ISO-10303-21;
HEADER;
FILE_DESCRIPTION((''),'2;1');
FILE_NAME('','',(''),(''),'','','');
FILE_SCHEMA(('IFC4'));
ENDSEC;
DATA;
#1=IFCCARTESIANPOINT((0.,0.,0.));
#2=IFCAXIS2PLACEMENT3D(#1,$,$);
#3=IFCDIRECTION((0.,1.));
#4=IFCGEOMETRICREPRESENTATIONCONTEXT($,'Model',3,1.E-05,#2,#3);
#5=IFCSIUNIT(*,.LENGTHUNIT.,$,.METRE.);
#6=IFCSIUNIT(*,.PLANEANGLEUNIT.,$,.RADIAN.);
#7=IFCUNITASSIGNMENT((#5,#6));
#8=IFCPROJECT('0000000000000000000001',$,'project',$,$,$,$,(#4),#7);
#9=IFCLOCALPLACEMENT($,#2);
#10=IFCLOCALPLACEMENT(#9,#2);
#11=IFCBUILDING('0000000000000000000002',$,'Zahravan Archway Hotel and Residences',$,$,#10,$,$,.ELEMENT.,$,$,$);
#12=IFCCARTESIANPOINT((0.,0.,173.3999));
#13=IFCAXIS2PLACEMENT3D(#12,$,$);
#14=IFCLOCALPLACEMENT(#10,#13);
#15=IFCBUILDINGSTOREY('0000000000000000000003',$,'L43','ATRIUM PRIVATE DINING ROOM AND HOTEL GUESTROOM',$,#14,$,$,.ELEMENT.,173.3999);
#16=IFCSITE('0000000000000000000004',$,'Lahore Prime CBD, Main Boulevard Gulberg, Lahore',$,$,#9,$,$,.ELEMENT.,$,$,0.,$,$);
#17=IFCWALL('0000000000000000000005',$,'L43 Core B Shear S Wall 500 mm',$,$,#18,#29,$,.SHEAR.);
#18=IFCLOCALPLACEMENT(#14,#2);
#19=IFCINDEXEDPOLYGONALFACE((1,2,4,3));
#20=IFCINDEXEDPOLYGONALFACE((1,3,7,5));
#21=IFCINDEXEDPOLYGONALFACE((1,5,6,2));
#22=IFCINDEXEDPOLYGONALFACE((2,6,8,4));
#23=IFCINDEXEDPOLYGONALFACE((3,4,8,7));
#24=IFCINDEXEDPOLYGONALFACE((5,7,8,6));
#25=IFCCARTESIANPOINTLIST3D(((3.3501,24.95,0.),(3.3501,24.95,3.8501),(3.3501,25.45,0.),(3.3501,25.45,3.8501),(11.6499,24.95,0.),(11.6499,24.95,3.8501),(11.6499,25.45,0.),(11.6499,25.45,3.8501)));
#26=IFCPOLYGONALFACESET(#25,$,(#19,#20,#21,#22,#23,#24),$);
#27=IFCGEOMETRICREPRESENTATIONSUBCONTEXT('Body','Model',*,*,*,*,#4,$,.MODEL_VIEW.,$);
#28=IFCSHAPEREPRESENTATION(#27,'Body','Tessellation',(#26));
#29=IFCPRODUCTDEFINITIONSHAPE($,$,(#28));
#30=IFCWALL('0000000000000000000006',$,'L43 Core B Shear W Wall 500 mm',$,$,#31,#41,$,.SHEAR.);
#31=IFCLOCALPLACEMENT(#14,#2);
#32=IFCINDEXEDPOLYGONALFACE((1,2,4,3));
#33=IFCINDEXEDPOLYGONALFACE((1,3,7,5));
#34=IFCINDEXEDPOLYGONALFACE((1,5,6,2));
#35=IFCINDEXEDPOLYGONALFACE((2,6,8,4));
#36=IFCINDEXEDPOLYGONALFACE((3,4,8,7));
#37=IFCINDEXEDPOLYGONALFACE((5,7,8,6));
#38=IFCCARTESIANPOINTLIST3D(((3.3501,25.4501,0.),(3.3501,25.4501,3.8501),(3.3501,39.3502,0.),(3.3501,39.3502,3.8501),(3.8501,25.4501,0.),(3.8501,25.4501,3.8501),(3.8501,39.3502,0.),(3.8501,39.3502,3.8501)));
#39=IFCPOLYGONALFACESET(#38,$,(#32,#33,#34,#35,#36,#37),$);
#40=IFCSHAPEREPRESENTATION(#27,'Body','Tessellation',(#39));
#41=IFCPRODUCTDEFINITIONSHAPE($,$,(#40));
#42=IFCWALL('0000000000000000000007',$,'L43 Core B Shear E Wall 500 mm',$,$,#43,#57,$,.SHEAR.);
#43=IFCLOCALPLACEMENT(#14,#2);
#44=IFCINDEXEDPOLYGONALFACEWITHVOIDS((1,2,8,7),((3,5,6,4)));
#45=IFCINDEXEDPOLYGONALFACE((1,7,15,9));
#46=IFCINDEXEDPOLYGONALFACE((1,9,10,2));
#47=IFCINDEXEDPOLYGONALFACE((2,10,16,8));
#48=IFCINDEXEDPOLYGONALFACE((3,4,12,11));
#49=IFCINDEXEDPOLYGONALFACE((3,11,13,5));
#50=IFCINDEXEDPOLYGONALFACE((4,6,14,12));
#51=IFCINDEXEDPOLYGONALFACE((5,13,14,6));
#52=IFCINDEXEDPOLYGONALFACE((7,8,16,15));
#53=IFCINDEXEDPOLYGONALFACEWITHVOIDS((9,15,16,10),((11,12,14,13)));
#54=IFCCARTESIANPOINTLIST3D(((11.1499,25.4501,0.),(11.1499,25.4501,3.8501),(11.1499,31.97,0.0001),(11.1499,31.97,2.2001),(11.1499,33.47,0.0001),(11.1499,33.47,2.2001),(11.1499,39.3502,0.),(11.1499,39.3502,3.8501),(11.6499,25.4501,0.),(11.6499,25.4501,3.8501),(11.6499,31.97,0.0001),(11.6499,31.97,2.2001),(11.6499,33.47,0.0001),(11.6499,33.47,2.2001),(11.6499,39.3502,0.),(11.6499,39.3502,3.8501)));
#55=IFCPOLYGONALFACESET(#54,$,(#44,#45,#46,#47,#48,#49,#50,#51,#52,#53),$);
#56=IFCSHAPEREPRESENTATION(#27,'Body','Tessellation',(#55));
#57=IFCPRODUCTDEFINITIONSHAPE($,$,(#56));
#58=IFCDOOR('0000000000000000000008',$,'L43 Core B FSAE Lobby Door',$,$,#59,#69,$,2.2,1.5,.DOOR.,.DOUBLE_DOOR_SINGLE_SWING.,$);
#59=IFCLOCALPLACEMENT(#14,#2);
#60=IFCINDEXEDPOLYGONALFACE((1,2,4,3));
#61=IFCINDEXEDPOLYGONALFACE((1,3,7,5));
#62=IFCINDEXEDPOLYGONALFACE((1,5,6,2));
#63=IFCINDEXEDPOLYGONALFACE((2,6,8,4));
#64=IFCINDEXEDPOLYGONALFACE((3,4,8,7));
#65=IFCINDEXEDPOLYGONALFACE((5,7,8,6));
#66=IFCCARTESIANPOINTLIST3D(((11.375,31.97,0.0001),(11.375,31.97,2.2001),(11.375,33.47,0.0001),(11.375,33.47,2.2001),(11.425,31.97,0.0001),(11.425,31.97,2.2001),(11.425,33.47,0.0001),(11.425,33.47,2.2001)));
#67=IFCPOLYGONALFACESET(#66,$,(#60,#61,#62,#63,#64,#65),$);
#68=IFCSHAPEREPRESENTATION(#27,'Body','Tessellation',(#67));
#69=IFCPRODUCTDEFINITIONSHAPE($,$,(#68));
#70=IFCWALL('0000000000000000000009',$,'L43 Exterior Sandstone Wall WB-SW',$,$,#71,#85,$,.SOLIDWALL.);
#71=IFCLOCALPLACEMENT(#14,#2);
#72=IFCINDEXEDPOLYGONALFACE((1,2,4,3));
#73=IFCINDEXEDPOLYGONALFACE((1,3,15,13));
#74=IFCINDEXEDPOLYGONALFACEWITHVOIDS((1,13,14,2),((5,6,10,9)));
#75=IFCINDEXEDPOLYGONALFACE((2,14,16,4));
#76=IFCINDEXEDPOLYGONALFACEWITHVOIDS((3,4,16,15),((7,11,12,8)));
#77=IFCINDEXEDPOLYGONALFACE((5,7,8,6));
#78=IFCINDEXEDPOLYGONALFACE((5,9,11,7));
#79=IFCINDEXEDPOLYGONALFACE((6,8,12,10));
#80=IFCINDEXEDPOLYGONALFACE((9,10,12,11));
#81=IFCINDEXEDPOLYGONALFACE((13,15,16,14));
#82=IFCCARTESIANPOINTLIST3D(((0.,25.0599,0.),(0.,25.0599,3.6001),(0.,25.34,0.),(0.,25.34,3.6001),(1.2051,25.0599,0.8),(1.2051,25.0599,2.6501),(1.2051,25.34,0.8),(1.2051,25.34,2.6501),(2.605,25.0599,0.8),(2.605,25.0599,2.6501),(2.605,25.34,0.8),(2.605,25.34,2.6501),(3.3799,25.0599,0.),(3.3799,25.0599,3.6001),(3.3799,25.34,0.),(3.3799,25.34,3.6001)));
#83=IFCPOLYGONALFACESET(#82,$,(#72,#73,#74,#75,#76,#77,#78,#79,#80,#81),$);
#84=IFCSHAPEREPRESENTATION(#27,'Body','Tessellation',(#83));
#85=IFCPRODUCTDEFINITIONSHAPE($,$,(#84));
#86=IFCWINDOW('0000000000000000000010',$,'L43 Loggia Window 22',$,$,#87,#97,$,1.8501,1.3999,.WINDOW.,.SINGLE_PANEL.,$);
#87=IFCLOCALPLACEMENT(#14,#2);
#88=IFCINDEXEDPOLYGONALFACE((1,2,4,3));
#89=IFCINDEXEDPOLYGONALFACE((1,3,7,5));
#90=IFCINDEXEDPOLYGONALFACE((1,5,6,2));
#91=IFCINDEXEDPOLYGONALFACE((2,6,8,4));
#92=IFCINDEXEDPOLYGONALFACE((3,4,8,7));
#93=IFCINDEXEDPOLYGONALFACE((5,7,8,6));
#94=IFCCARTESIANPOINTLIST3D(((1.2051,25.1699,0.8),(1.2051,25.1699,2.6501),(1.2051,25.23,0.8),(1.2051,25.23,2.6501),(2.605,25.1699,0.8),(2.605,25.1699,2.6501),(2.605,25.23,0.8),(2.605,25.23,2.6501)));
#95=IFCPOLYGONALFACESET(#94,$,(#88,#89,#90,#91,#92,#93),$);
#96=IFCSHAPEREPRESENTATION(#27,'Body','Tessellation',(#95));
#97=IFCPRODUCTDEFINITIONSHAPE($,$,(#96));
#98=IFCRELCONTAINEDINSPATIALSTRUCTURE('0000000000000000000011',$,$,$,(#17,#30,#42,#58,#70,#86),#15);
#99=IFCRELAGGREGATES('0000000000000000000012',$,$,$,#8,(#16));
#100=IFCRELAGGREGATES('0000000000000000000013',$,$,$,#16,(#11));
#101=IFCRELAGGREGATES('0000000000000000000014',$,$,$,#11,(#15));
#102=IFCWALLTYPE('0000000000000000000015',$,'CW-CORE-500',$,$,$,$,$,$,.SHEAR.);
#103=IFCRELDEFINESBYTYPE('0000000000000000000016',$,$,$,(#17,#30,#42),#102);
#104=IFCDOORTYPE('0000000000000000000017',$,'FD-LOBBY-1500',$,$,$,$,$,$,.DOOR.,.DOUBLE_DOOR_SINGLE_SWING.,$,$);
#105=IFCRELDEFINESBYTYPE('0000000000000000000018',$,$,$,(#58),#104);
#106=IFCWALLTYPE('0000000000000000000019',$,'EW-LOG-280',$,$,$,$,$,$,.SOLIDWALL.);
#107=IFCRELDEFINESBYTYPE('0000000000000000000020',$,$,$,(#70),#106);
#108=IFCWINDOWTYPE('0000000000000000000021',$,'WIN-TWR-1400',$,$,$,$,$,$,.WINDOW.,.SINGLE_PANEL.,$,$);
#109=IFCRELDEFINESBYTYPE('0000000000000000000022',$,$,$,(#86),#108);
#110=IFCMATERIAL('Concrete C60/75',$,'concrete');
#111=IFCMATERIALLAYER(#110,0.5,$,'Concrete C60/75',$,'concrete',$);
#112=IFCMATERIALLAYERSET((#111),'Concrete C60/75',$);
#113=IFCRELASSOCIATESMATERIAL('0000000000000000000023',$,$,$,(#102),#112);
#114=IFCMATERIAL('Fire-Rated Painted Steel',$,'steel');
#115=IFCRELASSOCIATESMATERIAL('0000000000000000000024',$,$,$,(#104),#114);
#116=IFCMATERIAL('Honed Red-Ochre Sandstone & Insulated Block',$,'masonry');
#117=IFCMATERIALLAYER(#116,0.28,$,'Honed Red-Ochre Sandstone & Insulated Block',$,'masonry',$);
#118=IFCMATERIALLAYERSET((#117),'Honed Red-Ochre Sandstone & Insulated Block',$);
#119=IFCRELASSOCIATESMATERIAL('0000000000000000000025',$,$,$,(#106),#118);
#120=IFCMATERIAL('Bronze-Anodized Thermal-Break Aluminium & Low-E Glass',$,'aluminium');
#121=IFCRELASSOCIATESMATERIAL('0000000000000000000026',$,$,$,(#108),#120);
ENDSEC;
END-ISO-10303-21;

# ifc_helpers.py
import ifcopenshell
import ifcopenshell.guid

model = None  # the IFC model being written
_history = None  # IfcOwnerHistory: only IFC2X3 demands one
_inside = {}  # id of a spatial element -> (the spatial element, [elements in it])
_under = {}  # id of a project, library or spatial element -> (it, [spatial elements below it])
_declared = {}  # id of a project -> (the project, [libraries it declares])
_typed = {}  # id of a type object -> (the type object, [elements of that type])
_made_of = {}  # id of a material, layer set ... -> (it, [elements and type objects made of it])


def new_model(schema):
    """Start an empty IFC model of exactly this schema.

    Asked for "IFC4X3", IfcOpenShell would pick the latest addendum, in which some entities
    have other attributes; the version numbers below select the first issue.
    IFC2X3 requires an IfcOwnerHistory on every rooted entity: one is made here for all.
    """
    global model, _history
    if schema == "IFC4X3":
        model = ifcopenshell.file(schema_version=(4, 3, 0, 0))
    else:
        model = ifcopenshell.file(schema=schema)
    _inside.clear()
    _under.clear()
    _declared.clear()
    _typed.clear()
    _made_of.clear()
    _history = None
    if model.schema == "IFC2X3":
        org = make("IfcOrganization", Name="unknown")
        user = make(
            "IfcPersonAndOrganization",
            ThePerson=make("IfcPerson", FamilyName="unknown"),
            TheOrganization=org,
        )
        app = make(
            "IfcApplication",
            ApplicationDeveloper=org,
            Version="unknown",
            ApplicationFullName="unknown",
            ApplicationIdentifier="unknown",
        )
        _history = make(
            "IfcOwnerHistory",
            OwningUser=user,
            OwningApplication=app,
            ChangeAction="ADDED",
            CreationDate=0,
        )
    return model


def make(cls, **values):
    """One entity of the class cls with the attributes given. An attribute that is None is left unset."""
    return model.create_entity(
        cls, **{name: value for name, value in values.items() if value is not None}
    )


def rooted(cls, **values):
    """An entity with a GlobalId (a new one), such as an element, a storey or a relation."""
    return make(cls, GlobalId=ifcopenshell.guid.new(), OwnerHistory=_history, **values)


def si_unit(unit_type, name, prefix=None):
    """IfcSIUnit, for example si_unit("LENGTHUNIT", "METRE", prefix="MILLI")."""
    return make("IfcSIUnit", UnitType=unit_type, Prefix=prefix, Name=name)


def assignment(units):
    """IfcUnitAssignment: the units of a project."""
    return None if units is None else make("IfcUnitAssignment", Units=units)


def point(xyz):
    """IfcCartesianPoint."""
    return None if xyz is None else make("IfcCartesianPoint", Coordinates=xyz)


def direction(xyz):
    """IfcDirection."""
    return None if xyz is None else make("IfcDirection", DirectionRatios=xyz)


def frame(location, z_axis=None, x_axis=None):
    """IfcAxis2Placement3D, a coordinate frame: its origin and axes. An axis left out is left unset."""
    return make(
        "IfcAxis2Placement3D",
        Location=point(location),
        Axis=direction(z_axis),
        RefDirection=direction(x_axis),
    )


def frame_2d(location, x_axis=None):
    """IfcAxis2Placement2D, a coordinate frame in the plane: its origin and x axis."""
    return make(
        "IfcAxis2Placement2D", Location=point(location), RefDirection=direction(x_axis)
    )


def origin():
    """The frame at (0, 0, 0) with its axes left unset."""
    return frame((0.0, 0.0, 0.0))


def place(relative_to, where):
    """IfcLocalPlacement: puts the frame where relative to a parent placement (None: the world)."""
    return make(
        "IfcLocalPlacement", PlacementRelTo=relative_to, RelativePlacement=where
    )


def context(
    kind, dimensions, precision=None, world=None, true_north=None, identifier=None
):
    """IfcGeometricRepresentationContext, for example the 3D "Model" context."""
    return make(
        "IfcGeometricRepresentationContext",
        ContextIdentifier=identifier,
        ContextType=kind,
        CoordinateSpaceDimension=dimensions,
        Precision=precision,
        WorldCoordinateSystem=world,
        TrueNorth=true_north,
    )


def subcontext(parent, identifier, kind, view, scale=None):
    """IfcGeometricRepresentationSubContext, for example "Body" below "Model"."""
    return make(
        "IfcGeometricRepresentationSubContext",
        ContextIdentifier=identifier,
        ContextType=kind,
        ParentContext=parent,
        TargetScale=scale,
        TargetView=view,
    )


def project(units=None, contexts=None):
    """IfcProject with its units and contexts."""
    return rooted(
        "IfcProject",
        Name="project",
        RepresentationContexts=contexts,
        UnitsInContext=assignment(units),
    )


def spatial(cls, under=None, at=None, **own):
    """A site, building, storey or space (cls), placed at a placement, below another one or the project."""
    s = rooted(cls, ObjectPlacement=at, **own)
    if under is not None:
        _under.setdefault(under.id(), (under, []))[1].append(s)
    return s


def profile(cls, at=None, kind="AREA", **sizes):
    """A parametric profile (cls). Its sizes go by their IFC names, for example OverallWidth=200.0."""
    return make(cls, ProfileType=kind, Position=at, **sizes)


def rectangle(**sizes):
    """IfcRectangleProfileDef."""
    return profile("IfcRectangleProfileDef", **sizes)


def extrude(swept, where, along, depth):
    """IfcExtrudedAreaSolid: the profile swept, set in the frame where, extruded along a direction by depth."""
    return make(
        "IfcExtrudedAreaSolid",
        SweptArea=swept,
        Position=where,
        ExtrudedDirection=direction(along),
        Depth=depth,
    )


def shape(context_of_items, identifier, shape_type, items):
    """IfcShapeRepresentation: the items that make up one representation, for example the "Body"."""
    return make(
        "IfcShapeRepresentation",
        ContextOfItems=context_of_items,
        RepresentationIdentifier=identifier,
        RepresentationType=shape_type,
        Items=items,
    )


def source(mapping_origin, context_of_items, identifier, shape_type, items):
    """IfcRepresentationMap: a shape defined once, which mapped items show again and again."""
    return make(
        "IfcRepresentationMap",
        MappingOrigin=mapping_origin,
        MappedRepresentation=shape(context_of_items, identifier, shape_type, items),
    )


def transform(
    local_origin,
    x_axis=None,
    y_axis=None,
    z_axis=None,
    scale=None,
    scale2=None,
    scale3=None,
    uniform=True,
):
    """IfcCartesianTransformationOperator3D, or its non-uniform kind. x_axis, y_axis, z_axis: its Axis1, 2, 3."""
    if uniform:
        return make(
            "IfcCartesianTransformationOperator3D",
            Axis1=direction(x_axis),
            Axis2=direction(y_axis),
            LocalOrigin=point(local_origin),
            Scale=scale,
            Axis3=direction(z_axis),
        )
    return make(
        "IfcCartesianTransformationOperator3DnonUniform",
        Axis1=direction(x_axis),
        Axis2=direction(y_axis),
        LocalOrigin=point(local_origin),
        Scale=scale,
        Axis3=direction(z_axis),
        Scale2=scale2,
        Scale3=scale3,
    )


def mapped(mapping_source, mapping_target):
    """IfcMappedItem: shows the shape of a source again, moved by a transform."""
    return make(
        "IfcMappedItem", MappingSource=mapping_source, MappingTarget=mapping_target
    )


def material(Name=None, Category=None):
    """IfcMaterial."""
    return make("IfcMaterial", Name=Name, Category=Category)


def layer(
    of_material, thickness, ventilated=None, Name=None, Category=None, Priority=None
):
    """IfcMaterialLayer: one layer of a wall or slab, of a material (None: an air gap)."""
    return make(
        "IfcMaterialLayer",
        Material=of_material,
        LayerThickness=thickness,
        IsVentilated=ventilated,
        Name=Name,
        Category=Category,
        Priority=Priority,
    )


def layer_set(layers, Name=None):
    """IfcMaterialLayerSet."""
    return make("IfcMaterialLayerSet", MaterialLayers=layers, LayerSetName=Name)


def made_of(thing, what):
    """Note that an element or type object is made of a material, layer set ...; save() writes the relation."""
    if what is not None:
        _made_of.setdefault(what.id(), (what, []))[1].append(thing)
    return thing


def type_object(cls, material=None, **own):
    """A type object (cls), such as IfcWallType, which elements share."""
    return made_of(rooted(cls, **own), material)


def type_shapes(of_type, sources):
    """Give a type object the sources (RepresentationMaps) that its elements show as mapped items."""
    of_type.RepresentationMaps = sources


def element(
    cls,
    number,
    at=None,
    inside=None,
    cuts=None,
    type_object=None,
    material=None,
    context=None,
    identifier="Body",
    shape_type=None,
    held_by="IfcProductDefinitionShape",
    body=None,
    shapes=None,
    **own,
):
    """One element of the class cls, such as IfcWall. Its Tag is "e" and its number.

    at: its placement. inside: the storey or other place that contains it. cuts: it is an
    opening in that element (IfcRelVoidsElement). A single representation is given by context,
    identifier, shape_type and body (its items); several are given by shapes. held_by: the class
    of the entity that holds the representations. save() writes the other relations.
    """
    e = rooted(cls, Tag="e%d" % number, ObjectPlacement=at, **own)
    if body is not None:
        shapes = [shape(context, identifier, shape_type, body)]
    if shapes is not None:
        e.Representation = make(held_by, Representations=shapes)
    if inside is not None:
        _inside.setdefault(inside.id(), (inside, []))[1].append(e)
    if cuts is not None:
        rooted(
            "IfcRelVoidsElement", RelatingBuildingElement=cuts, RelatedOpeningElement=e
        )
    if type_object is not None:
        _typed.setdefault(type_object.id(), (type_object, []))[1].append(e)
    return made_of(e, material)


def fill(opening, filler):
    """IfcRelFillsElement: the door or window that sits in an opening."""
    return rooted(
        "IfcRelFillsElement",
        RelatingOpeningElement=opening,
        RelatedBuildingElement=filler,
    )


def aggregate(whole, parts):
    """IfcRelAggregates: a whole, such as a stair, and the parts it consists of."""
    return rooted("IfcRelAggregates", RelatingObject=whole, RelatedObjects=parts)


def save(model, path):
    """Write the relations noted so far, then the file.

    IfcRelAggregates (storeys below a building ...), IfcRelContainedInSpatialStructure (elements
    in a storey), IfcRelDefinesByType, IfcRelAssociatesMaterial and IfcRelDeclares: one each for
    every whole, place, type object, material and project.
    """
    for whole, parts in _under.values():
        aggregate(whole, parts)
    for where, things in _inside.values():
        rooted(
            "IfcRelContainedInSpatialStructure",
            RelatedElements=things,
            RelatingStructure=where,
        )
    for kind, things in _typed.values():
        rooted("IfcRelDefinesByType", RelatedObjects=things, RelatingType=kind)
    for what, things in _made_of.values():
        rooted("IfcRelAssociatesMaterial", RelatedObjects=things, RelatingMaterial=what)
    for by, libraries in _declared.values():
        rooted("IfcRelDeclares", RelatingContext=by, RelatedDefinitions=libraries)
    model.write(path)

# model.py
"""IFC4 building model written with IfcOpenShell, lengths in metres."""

from ifc_helpers import new_model, si_unit, direction, frame, frame_2d, origin, place, context, subcontext, project, spatial, rectangle, extrude, source, transform, mapped, material, layer, layer_set, type_object, type_shapes, element, fill, save


model = new_model("IFC4")

# Units and contexts
model_context = context("Model", 3, precision=1e-05, world=origin(), true_north=direction((0.0, 1.0)))
body_context = subcontext(model_context, "Body", "Model", "MODEL_VIEW")
ifc_project = project(units=[si_unit("LENGTHUNIT", "METRE"), si_unit("PLANEANGLEUNIT", "RADIAN")], contexts=[model_context])

# Site, building, storey
site_placement = place(None, origin())
site = spatial("IfcSite", under=ifc_project, at=site_placement, Name="Lahore Prime CBD, Main Boulevard Gulberg, Lahore", CompositionType="ELEMENT", RefElevation=0.0)
building_placement = place(site_placement, origin())
building = spatial("IfcBuilding", under=site, at=building_placement, Name="Zahravan Archway Hotel and Residences", CompositionType="ELEMENT")
storey_placement = place(building_placement, frame((0.0, 0.0, 173.3999)))
storey = spatial("IfcBuildingStorey", under=building, at=storey_placement, Name="L43", Description="ATRIUM PRIVATE DINING ROOM AND HOTEL GUESTROOM", CompositionType="ELEMENT", Elevation=173.3999)

# Shared definitions
ifc_material_1 = material(Name="Concrete C60/75", Category="concrete")

# Walls
ifc_layer_1 = layer(ifc_material_1, 0.5, Name="Concrete C60/75", Category="concrete")
ifc_layer_set_1 = layer_set([ifc_layer_1], Name="Concrete C60/75")
wall_type_1 = type_object("IfcWallType", Name="CW-CORE-500", PredefinedType="SHEAR", material=ifc_layer_set_1)
wall_1_placement = place(storey_placement, frame((3.3501, 25.2, 0.0), z_axis=(0.0, 0.0, 1.0), x_axis=(1.0, 0.0, 0.0)))
element("IfcWall", 1, at=wall_1_placement, inside=storey, type_object=wall_type_1, Name="L43 Core B Shear S Wall 500 mm", PredefinedType="SHEAR", context=body_context, shape_type="SweptSolid", body=[
    extrude(rectangle(XDim=8.2998, YDim=0.5, at=frame_2d((4.1499, 0.0))), origin(), (0.0, 0.0, 1.0), 3.8501),
])
wall_2_placement = place(storey_placement, frame((3.6001, 25.45, 0.0), z_axis=(0.0, 0.0, 1.0), x_axis=(0.0, 1.0, 0.0)))
element("IfcWall", 2, at=wall_2_placement, inside=storey, type_object=wall_type_1, Name="L43 Core B Shear W Wall 500 mm", PredefinedType="SHEAR", context=body_context, shape_type="SweptSolid", body=[
    extrude(rectangle(XDim=13.9001, YDim=0.5, at=frame_2d((6.9502, 0.0))), origin(), (0.0, 0.0, 1.0), 3.8501),
])

# Wall, opening, door
wall_3_placement = place(storey_placement, frame((11.3999, 25.45, 0.0), z_axis=(0.0, 0.0, 1.0), x_axis=(0.0, 1.0, 0.0)))
wall_3 = element("IfcWall", 3, at=wall_3_placement, inside=storey, type_object=wall_type_1, Name="L43 Core B Shear E Wall 500 mm", PredefinedType="SHEAR", context=body_context, shape_type="SweptSolid", body=[
    extrude(rectangle(XDim=13.9001, YDim=0.5, at=frame_2d((6.9502, 0.0))), origin(), (0.0, 0.0, 1.0), 3.8501),
])
opening_1_placement = place(wall_3_placement, frame((6.52, 0.0, 0.0)))
opening_1 = element("IfcOpeningElement", 4, at=opening_1_placement, cuts=wall_3, PredefinedType="OPENING", context=body_context, shape_type="SweptSolid", body=[
    extrude(rectangle(XDim=1.5, YDim=2.2, at=frame_2d((0.75, 1.1001))), frame((0.0, 0.26, 0.0), z_axis=(0.0, -1.0, 0.0), x_axis=(1.0, 0.0, 0.0)), (0.0, 0.0, 1.0), 0.52),
])
ifc_material_2 = material(Name="Fire-Rated Painted Steel", Category="steel")
door_type_1 = type_object("IfcDoorType", Name="FD-LOBBY-1500", OperationType="DOUBLE_DOOR_SINGLE_SWING", PredefinedType="DOOR", material=ifc_material_2)
shared_shape_1 = source(origin(), body_context, "Body", "SweptSolid", [
    extrude(rectangle(XDim=1.5, YDim=2.2, at=frame_2d((0.75, 1.1001))), frame((0.0, 0.0249, 0.0), z_axis=(0.0, -1.0, 0.0), x_axis=(1.0, 0.0, 0.0)), (0.0, 0.0, 1.0), 0.05),
])
type_shapes(door_type_1, [shared_shape_1])
door_1_placement = place(opening_1_placement, origin())
door_1 = element("IfcDoor", 5, at=door_1_placement, inside=storey, type_object=door_type_1, Name="L43 Core B FSAE Lobby Door", OperationType="DOUBLE_DOOR_SINGLE_SWING", OverallHeight=2.2, OverallWidth=1.5, PredefinedType="DOOR", context=body_context, shape_type="MappedRepresentation", body=[
    mapped(shared_shape_1, transform((0.0, 0.0, 0.0), scale=1.0)),
])
fill(opening_1, door_1)

# Wall, opening, window
ifc_material_3 = material(Name="Honed Red-Ochre Sandstone & Insulated Block", Category="masonry")
ifc_layer_2 = layer(ifc_material_3, 0.28, Name="Honed Red-Ochre Sandstone & Insulated Block", Category="masonry")
ifc_layer_set_2 = layer_set([ifc_layer_2], Name="Honed Red-Ochre Sandstone & Insulated Block")
wall_type_2 = type_object("IfcWallType", Name="EW-LOG-280", PredefinedType="SOLIDWALL", material=ifc_layer_set_2)
wall_4_placement = place(storey_placement, frame((0.0, 25.2, 0.0), z_axis=(0.0, 0.0, 1.0), x_axis=(1.0, 0.0, 0.0)))
wall_4 = element("IfcWall", 6, at=wall_4_placement, inside=storey, type_object=wall_type_2, Name="L43 Exterior Sandstone Wall WB-SW", PredefinedType="SOLIDWALL", context=body_context, shape_type="SweptSolid", body=[
    extrude(rectangle(XDim=3.3799, YDim=0.28, at=frame_2d((1.6899, 0.0))), origin(), (0.0, 0.0, 1.0), 3.6001),
])
opening_2_placement = place(wall_4_placement, frame((1.2051, 0.0, 0.8)))
opening_2 = element("IfcOpeningElement", 7, at=opening_2_placement, cuts=wall_4, PredefinedType="OPENING", context=body_context, shape_type="SweptSolid", body=[
    extrude(rectangle(XDim=1.3999, YDim=1.8501, at=frame_2d((0.7, 0.925))), frame((0.0, 0.1499, 0.0), z_axis=(0.0, -1.0, 0.0), x_axis=(1.0, 0.0, 0.0)), (0.0, 0.0, 1.0), 0.3),
])
ifc_material_4 = material(Name="Bronze-Anodized Thermal-Break Aluminium & Low-E Glass", Category="aluminium")
window_type_1 = type_object("IfcWindowType", Name="WIN-TWR-1400", PartitioningType="SINGLE_PANEL", PredefinedType="WINDOW", material=ifc_material_4)
shared_shape_2 = source(origin(), body_context, "Body", "SweptSolid", [
    extrude(rectangle(XDim=1.3999, YDim=1.8501, at=frame_2d((0.7, 0.925))), frame((0.0, 0.03, 0.0), z_axis=(0.0, -1.0, 0.0), x_axis=(1.0, 0.0, 0.0)), (0.0, 0.0, 1.0), 0.0601),
])
type_shapes(window_type_1, [shared_shape_2])
window_1_placement = place(opening_2_placement, origin())
window_1 = element("IfcWindow", 8, at=window_1_placement, inside=storey, type_object=window_type_1, Name="L43 Loggia Window 22", OverallHeight=1.8501, OverallWidth=1.3999, PartitioningType="SINGLE_PANEL", PredefinedType="WINDOW", context=body_context, shape_type="MappedRepresentation", body=[
    mapped(shared_shape_2, transform((0.0, 0.0, 0.0), scale=1.0)),
])
fill(opening_2, window_1)

save(model, "model.ifc")
